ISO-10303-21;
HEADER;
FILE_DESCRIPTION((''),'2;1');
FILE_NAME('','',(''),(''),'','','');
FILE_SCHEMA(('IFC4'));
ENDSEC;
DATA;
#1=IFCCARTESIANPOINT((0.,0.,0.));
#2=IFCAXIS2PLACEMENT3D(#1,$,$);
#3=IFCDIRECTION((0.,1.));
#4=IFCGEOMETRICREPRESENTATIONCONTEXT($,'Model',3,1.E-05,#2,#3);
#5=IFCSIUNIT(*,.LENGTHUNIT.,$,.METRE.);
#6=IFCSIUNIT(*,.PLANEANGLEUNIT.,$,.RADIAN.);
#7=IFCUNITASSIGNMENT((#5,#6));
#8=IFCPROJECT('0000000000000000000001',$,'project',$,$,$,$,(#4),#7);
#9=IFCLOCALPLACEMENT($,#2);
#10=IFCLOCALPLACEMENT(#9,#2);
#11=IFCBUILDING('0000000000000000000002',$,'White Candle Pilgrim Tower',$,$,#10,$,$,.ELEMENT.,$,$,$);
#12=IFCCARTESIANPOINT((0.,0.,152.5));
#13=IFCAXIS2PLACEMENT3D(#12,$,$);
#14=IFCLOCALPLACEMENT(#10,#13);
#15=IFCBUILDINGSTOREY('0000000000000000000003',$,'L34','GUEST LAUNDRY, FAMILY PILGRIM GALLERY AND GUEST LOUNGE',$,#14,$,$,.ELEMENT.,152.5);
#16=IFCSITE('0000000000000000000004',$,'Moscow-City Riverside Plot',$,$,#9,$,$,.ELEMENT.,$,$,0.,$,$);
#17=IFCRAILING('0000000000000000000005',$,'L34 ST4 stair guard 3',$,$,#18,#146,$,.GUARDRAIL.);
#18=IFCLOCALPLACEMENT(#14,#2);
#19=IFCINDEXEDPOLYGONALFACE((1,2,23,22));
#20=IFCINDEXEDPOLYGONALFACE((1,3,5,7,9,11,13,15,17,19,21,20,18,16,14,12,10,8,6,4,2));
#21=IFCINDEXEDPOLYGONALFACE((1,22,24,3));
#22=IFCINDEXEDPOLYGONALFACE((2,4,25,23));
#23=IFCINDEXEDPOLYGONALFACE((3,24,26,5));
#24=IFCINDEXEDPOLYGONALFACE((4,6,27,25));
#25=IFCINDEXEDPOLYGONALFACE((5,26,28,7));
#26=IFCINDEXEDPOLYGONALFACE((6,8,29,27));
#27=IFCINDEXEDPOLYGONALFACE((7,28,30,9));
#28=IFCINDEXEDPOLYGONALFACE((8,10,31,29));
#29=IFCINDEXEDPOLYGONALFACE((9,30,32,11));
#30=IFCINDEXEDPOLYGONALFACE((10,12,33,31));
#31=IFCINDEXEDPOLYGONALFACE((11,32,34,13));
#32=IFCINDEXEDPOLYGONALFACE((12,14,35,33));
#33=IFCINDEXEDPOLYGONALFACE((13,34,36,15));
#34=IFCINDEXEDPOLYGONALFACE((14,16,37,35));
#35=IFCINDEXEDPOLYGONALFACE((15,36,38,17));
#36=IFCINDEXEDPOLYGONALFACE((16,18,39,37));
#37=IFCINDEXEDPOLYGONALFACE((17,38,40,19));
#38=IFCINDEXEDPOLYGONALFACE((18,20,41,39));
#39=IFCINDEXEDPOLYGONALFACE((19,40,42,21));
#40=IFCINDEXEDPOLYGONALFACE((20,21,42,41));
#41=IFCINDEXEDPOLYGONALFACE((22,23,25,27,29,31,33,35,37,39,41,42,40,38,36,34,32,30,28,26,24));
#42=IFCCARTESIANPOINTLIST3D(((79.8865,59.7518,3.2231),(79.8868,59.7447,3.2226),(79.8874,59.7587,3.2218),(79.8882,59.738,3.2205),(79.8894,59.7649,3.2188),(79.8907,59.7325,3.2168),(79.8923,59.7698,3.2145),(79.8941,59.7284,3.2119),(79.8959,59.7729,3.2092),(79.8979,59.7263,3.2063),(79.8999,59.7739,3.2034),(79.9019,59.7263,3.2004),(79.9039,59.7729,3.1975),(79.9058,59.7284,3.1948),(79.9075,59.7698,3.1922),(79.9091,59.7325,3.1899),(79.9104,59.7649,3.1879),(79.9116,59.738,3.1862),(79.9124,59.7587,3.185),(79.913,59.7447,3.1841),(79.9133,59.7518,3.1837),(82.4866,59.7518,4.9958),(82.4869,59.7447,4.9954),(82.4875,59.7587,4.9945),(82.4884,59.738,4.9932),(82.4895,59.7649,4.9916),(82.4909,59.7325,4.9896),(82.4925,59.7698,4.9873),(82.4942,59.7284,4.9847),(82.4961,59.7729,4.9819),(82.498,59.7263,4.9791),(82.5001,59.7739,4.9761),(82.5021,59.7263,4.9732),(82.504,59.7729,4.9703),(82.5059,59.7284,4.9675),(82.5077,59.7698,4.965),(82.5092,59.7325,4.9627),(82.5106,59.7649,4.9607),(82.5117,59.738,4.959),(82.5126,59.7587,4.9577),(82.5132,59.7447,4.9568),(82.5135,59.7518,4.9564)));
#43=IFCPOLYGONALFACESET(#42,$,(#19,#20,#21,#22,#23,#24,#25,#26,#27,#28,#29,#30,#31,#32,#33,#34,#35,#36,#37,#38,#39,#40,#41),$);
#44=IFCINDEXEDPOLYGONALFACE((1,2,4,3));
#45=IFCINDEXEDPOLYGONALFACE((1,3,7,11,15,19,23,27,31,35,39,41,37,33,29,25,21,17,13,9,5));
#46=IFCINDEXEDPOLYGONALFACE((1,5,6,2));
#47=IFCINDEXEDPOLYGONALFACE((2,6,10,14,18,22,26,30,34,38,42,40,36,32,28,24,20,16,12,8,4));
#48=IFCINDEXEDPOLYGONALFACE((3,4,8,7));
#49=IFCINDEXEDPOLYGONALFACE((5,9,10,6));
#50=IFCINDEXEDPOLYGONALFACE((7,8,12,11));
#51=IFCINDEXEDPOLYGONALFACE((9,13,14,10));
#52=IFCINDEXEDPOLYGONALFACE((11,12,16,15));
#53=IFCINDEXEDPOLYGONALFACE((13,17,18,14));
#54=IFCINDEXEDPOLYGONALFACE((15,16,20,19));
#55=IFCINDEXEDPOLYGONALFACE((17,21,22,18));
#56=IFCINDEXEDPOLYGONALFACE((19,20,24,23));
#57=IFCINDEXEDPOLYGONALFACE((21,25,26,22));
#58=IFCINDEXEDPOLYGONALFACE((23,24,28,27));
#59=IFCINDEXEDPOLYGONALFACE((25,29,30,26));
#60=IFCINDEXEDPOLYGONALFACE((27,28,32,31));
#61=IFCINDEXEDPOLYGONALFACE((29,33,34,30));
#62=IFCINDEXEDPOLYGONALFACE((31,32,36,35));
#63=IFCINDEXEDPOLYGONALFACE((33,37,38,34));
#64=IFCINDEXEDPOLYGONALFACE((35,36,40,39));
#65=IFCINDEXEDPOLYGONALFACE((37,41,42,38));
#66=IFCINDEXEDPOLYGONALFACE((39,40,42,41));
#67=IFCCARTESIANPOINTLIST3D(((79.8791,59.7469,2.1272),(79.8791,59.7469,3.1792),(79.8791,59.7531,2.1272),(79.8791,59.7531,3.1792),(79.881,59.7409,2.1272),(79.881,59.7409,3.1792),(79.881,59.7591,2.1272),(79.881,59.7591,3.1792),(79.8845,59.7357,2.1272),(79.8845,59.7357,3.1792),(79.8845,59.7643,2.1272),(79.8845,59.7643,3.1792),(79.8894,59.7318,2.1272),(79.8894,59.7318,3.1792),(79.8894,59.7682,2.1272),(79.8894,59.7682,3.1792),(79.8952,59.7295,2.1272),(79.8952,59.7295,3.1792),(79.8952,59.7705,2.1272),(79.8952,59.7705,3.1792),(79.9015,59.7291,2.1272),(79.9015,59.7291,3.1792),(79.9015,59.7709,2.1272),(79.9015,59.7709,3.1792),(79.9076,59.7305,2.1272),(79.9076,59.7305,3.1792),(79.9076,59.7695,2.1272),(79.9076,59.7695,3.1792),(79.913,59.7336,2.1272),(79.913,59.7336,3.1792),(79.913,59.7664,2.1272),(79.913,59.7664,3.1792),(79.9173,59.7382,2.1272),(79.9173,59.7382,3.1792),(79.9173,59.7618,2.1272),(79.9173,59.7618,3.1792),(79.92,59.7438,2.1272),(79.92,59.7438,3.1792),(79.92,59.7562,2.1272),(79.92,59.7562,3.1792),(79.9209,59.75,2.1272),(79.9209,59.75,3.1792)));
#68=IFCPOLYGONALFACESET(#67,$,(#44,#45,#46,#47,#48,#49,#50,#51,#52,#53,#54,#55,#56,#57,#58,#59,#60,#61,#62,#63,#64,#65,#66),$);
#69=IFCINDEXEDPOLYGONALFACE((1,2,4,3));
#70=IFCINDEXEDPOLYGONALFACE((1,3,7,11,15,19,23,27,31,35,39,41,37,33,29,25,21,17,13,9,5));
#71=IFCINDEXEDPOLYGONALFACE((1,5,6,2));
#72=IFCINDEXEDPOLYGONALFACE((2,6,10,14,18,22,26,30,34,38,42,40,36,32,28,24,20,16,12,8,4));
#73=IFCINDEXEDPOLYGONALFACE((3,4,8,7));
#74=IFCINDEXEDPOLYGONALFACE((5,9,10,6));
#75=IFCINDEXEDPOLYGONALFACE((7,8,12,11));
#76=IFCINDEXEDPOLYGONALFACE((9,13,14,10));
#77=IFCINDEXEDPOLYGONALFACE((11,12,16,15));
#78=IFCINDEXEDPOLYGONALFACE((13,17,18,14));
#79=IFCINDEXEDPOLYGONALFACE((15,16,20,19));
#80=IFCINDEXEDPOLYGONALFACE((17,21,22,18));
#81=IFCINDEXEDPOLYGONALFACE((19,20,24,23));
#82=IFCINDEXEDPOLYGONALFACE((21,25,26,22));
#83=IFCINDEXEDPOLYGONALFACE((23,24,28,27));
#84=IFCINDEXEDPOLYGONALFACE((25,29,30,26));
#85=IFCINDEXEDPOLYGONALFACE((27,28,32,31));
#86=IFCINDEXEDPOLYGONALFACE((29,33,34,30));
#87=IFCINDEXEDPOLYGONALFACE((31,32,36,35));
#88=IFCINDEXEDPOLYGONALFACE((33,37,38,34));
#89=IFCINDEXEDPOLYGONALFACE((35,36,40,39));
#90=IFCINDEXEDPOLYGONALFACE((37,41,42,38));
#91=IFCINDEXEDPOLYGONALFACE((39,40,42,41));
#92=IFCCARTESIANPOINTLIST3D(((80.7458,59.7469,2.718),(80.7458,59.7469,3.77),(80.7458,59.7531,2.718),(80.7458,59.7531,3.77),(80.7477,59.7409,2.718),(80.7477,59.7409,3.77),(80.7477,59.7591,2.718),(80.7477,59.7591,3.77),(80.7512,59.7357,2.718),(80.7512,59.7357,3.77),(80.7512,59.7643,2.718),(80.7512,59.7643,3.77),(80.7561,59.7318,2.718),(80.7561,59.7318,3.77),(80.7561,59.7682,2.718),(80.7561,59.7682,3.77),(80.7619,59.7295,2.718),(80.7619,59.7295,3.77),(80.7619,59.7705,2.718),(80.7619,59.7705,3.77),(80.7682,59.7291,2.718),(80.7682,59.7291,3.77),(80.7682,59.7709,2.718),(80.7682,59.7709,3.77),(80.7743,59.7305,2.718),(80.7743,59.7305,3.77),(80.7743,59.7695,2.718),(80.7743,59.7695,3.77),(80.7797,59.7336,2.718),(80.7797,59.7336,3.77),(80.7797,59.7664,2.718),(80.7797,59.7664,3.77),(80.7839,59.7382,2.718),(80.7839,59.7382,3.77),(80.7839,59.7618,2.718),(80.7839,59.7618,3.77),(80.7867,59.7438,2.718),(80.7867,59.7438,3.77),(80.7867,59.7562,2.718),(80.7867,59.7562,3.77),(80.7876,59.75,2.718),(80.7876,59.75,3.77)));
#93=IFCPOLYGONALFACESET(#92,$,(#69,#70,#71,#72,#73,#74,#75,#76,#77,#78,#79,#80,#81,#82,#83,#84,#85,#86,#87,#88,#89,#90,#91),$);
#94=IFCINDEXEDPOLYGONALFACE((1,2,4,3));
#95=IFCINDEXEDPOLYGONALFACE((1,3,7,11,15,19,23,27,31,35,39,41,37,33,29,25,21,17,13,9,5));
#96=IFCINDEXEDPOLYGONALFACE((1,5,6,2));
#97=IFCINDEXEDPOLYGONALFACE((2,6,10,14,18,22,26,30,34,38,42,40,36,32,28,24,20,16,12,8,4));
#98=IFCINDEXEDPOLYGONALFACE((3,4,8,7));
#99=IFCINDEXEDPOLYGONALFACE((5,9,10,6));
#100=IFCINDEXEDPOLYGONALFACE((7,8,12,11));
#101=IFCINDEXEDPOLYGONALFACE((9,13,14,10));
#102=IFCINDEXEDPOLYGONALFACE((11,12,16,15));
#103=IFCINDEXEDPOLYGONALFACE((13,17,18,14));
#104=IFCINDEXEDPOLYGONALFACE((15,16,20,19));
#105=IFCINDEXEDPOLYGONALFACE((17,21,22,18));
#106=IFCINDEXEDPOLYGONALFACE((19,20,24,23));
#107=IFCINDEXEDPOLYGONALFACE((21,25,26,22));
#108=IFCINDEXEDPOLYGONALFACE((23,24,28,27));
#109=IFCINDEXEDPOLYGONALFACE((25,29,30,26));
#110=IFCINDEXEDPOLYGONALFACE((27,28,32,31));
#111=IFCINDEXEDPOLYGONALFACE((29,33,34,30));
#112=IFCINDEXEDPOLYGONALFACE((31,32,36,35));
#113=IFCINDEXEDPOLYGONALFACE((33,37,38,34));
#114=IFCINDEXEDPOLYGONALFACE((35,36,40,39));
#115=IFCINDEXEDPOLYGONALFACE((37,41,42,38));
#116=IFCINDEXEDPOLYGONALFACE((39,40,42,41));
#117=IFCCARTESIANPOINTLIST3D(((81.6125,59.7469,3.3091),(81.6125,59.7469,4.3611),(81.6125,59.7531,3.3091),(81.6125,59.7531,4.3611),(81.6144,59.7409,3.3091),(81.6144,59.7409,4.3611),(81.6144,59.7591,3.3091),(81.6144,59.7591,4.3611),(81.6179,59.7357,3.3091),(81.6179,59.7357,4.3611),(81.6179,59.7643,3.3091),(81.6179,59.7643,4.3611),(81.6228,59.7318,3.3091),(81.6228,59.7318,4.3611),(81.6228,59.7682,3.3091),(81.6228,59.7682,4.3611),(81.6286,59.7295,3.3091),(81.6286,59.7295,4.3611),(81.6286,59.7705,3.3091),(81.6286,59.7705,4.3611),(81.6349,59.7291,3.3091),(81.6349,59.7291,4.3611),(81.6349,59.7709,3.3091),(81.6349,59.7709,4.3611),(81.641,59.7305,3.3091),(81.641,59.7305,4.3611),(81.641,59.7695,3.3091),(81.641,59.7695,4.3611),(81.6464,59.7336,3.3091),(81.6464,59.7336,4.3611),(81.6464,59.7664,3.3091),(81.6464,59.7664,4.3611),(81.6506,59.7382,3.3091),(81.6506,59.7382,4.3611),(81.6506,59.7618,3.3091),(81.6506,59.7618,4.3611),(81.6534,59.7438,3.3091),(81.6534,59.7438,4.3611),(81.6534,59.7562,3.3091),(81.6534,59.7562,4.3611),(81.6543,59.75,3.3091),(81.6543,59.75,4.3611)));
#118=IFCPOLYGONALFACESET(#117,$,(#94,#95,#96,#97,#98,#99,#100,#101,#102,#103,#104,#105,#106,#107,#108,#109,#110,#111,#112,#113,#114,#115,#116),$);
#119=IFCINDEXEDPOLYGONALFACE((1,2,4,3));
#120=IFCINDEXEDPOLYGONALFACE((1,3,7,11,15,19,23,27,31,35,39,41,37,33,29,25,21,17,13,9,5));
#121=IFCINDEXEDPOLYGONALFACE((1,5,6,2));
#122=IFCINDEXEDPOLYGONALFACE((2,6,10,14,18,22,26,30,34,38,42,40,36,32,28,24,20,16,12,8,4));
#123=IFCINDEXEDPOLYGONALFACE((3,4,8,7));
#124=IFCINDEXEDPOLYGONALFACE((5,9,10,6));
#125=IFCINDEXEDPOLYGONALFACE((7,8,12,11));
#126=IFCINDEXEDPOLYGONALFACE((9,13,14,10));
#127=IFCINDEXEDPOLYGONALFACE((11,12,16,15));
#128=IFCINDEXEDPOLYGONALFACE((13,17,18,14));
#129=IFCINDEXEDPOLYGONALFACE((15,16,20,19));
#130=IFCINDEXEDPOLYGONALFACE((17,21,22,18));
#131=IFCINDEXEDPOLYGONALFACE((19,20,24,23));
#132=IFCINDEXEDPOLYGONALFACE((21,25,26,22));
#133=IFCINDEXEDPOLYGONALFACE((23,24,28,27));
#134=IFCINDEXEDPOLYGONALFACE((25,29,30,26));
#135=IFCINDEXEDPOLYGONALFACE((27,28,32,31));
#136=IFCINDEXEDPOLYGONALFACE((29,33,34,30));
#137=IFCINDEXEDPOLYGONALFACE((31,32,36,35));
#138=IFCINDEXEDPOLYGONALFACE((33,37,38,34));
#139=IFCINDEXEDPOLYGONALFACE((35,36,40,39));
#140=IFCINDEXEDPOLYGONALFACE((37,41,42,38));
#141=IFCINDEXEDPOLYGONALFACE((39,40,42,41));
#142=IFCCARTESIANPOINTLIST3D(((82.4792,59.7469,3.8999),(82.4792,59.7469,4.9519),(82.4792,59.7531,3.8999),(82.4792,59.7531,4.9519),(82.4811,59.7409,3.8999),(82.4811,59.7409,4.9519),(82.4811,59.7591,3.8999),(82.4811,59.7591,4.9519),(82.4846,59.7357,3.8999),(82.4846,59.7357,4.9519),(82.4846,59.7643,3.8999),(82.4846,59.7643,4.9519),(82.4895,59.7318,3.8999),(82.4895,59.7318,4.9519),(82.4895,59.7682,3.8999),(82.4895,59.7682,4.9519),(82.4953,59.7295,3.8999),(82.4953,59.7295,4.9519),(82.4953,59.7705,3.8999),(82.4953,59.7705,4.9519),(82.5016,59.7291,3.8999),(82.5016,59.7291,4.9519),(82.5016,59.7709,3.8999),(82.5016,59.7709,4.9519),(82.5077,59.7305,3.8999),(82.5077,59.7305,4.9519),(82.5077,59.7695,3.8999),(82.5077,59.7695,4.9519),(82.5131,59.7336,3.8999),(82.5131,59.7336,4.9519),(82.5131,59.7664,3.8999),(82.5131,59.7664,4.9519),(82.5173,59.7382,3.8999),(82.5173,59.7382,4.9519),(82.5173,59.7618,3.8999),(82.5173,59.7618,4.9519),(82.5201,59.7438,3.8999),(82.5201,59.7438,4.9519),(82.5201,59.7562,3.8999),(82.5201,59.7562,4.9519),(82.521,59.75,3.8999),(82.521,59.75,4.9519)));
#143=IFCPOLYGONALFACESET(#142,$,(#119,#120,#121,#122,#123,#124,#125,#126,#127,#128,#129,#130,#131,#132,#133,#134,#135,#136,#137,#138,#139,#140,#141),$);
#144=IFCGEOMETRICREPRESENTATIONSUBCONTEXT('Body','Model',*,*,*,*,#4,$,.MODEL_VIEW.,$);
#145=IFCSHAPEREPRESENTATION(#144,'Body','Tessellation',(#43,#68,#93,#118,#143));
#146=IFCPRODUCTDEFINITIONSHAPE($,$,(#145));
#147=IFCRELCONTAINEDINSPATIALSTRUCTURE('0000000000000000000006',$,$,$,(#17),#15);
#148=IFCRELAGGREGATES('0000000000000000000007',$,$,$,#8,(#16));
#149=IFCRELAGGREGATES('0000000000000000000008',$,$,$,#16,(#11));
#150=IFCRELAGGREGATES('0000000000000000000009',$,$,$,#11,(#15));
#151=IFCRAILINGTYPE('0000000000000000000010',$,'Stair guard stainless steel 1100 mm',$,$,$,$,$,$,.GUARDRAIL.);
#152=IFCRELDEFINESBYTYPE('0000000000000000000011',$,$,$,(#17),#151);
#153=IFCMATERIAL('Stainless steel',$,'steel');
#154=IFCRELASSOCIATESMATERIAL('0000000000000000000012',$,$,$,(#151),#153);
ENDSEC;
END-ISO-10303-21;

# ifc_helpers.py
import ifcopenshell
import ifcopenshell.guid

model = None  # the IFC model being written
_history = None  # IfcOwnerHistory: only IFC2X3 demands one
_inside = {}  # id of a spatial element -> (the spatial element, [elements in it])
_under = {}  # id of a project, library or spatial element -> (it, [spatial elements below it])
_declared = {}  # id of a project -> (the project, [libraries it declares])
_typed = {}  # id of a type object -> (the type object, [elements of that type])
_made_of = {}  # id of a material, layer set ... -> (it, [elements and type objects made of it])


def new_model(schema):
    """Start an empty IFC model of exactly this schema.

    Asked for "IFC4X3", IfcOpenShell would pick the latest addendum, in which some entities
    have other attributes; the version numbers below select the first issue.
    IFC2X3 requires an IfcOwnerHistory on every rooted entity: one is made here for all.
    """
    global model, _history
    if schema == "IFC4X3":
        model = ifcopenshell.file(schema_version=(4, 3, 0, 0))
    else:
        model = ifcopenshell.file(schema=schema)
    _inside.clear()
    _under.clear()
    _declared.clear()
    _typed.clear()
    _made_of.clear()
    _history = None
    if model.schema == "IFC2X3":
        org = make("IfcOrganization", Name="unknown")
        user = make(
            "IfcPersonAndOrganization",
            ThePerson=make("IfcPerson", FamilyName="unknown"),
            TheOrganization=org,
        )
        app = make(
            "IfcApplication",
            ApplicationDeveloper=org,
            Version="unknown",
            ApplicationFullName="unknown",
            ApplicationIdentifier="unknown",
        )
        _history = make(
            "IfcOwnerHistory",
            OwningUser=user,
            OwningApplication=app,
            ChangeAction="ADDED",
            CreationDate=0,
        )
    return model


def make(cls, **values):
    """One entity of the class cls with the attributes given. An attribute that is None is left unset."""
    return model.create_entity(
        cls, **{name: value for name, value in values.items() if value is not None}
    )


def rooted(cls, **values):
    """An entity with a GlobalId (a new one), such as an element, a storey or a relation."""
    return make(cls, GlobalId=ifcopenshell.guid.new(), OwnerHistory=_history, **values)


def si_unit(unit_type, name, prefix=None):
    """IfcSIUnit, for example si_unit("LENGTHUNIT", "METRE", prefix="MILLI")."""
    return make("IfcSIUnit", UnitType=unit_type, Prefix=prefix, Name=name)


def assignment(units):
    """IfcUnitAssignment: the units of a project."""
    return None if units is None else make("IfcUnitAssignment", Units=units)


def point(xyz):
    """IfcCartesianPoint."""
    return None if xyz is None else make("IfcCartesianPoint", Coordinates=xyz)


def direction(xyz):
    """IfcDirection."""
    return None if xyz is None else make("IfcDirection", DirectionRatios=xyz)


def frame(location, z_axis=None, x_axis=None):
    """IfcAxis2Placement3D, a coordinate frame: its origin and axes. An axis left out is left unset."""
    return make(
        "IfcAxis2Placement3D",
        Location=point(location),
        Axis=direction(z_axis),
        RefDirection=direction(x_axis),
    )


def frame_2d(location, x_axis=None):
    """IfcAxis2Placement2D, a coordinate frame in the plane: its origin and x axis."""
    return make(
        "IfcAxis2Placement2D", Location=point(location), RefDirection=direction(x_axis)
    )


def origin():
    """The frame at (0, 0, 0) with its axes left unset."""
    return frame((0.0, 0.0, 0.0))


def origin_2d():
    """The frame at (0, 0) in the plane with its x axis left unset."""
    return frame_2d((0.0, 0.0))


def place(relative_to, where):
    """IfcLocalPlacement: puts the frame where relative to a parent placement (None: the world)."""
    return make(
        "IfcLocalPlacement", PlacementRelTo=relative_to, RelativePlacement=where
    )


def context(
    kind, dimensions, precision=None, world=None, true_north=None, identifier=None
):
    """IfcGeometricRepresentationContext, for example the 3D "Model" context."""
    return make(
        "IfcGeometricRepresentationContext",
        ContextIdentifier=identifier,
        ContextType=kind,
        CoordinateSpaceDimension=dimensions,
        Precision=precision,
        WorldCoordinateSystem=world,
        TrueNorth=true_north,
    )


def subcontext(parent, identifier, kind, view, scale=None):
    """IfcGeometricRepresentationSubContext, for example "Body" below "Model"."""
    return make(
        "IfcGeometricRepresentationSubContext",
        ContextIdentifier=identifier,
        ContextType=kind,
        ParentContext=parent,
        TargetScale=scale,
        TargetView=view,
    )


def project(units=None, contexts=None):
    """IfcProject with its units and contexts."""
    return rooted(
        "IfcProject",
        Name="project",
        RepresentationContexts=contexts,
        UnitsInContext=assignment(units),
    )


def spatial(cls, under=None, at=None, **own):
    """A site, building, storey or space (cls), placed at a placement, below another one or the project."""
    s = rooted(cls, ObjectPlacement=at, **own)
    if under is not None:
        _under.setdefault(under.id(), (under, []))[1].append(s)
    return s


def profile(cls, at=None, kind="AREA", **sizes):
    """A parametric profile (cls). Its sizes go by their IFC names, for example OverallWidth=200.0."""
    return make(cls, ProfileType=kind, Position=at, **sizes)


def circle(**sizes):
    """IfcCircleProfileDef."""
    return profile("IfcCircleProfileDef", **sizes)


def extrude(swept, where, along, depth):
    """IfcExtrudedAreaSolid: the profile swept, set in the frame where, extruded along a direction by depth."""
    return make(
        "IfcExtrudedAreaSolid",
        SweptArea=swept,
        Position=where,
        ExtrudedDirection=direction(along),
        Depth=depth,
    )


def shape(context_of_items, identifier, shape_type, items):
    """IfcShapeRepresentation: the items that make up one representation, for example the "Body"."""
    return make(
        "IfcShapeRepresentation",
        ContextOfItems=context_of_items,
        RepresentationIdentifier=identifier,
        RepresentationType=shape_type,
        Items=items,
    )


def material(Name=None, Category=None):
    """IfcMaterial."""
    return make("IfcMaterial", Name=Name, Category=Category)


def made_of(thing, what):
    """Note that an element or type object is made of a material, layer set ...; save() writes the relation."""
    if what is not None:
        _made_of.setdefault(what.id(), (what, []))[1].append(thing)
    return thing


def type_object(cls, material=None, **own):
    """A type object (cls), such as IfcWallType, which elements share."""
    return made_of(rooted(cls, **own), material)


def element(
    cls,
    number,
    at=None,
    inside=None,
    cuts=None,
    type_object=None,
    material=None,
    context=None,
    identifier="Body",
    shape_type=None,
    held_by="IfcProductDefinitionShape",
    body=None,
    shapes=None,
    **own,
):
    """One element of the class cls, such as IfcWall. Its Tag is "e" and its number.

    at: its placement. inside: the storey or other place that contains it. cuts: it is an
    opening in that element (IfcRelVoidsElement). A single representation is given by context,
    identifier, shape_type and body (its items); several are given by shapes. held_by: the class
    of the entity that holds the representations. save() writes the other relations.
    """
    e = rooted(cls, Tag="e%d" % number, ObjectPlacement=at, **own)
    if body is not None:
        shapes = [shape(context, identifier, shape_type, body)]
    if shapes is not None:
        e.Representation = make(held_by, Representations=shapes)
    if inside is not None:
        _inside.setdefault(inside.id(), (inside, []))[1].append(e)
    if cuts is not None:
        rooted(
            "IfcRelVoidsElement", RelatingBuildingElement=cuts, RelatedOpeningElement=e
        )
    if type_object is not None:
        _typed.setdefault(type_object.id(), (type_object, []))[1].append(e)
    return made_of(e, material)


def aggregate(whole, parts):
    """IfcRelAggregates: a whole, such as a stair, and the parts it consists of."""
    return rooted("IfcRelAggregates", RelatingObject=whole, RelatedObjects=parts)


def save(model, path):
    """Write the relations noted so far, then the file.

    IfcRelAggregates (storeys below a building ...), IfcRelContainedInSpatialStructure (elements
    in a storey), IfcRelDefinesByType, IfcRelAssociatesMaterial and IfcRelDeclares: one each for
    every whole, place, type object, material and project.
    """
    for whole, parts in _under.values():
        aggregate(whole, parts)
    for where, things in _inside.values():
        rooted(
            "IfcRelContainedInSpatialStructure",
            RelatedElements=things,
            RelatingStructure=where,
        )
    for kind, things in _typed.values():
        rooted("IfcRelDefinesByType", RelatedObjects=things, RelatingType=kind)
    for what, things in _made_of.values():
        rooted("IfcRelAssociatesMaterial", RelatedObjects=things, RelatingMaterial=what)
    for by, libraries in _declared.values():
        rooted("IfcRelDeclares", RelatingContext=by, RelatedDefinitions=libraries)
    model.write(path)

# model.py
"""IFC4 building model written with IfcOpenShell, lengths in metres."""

from ifc_helpers import new_model, si_unit, direction, frame, origin, origin_2d, place, context, subcontext, project, spatial, circle, extrude, material, type_object, element, save


model = new_model("IFC4")

# Units and contexts
model_context = context("Model", 3, precision=1e-05, world=origin(), true_north=direction((0.0, 1.0)))
body_context = subcontext(model_context, "Body", "Model", "MODEL_VIEW")
ifc_project = project(units=[si_unit("LENGTHUNIT", "METRE"), si_unit("PLANEANGLEUNIT", "RADIAN")], contexts=[model_context])

# Site, building, storey
site_placement = place(None, origin())
site = spatial("IfcSite", under=ifc_project, at=site_placement, Name="Moscow-City Riverside Plot", CompositionType="ELEMENT", RefElevation=0.0)
building_placement = place(site_placement, origin())
building = spatial("IfcBuilding", under=site, at=building_placement, Name="White Candle Pilgrim Tower", CompositionType="ELEMENT")
storey_placement = place(building_placement, frame((0.0, 0.0, 152.5)))
storey = spatial("IfcBuildingStorey", under=building, at=storey_placement, Name="L34", Description="GUEST LAUNDRY, FAMILY PILGRIM GALLERY AND GUEST LOUNGE", CompositionType="ELEMENT", Elevation=152.5)

# Railing
ifc_material_1 = material(Name="Stainless steel", Category="steel")
railing_type_1 = type_object("IfcRailingType", Name="Stair guard stainless steel 1100 mm", PredefinedType="GUARDRAIL", material=ifc_material_1)
railing_1_placement = place(storey_placement, frame((79.8999, 59.75, 2.1272)))
element("IfcRailing", 1, at=railing_1_placement, inside=storey, type_object=railing_type_1, Name="L34 ST4 stair guard 3", PredefinedType="GUARDRAIL", context=body_context, shape_type="SweptSolid", body=[
    extrude(circle(Radius=0.0239, at=origin_2d()), frame((0.0, 0.0, 1.0762), z_axis=(0.82624, 0.0, 0.563318), x_axis=(0.0, 1.0, 0.0)), (0.0, 0.0, 1.0), 3.147),
    extrude(circle(Radius=0.021, at=origin_2d()), origin(), (0.0, 0.0, 1.0), 1.052),
    extrude(circle(Radius=0.021, at=origin_2d()), frame((0.8667, 0.0, 0.5908)), (0.0, 0.0, 1.0), 1.052),
    extrude(circle(Radius=0.021, at=origin_2d()), frame((1.7334, 0.0, 1.1819)), (0.0, 0.0, 1.0), 1.052),
    extrude(circle(Radius=0.021, at=origin_2d()), frame((2.6001, 0.0, 1.7727)), (0.0, 0.0, 1.0), 1.052),
])

save(model, "model.ifc")
